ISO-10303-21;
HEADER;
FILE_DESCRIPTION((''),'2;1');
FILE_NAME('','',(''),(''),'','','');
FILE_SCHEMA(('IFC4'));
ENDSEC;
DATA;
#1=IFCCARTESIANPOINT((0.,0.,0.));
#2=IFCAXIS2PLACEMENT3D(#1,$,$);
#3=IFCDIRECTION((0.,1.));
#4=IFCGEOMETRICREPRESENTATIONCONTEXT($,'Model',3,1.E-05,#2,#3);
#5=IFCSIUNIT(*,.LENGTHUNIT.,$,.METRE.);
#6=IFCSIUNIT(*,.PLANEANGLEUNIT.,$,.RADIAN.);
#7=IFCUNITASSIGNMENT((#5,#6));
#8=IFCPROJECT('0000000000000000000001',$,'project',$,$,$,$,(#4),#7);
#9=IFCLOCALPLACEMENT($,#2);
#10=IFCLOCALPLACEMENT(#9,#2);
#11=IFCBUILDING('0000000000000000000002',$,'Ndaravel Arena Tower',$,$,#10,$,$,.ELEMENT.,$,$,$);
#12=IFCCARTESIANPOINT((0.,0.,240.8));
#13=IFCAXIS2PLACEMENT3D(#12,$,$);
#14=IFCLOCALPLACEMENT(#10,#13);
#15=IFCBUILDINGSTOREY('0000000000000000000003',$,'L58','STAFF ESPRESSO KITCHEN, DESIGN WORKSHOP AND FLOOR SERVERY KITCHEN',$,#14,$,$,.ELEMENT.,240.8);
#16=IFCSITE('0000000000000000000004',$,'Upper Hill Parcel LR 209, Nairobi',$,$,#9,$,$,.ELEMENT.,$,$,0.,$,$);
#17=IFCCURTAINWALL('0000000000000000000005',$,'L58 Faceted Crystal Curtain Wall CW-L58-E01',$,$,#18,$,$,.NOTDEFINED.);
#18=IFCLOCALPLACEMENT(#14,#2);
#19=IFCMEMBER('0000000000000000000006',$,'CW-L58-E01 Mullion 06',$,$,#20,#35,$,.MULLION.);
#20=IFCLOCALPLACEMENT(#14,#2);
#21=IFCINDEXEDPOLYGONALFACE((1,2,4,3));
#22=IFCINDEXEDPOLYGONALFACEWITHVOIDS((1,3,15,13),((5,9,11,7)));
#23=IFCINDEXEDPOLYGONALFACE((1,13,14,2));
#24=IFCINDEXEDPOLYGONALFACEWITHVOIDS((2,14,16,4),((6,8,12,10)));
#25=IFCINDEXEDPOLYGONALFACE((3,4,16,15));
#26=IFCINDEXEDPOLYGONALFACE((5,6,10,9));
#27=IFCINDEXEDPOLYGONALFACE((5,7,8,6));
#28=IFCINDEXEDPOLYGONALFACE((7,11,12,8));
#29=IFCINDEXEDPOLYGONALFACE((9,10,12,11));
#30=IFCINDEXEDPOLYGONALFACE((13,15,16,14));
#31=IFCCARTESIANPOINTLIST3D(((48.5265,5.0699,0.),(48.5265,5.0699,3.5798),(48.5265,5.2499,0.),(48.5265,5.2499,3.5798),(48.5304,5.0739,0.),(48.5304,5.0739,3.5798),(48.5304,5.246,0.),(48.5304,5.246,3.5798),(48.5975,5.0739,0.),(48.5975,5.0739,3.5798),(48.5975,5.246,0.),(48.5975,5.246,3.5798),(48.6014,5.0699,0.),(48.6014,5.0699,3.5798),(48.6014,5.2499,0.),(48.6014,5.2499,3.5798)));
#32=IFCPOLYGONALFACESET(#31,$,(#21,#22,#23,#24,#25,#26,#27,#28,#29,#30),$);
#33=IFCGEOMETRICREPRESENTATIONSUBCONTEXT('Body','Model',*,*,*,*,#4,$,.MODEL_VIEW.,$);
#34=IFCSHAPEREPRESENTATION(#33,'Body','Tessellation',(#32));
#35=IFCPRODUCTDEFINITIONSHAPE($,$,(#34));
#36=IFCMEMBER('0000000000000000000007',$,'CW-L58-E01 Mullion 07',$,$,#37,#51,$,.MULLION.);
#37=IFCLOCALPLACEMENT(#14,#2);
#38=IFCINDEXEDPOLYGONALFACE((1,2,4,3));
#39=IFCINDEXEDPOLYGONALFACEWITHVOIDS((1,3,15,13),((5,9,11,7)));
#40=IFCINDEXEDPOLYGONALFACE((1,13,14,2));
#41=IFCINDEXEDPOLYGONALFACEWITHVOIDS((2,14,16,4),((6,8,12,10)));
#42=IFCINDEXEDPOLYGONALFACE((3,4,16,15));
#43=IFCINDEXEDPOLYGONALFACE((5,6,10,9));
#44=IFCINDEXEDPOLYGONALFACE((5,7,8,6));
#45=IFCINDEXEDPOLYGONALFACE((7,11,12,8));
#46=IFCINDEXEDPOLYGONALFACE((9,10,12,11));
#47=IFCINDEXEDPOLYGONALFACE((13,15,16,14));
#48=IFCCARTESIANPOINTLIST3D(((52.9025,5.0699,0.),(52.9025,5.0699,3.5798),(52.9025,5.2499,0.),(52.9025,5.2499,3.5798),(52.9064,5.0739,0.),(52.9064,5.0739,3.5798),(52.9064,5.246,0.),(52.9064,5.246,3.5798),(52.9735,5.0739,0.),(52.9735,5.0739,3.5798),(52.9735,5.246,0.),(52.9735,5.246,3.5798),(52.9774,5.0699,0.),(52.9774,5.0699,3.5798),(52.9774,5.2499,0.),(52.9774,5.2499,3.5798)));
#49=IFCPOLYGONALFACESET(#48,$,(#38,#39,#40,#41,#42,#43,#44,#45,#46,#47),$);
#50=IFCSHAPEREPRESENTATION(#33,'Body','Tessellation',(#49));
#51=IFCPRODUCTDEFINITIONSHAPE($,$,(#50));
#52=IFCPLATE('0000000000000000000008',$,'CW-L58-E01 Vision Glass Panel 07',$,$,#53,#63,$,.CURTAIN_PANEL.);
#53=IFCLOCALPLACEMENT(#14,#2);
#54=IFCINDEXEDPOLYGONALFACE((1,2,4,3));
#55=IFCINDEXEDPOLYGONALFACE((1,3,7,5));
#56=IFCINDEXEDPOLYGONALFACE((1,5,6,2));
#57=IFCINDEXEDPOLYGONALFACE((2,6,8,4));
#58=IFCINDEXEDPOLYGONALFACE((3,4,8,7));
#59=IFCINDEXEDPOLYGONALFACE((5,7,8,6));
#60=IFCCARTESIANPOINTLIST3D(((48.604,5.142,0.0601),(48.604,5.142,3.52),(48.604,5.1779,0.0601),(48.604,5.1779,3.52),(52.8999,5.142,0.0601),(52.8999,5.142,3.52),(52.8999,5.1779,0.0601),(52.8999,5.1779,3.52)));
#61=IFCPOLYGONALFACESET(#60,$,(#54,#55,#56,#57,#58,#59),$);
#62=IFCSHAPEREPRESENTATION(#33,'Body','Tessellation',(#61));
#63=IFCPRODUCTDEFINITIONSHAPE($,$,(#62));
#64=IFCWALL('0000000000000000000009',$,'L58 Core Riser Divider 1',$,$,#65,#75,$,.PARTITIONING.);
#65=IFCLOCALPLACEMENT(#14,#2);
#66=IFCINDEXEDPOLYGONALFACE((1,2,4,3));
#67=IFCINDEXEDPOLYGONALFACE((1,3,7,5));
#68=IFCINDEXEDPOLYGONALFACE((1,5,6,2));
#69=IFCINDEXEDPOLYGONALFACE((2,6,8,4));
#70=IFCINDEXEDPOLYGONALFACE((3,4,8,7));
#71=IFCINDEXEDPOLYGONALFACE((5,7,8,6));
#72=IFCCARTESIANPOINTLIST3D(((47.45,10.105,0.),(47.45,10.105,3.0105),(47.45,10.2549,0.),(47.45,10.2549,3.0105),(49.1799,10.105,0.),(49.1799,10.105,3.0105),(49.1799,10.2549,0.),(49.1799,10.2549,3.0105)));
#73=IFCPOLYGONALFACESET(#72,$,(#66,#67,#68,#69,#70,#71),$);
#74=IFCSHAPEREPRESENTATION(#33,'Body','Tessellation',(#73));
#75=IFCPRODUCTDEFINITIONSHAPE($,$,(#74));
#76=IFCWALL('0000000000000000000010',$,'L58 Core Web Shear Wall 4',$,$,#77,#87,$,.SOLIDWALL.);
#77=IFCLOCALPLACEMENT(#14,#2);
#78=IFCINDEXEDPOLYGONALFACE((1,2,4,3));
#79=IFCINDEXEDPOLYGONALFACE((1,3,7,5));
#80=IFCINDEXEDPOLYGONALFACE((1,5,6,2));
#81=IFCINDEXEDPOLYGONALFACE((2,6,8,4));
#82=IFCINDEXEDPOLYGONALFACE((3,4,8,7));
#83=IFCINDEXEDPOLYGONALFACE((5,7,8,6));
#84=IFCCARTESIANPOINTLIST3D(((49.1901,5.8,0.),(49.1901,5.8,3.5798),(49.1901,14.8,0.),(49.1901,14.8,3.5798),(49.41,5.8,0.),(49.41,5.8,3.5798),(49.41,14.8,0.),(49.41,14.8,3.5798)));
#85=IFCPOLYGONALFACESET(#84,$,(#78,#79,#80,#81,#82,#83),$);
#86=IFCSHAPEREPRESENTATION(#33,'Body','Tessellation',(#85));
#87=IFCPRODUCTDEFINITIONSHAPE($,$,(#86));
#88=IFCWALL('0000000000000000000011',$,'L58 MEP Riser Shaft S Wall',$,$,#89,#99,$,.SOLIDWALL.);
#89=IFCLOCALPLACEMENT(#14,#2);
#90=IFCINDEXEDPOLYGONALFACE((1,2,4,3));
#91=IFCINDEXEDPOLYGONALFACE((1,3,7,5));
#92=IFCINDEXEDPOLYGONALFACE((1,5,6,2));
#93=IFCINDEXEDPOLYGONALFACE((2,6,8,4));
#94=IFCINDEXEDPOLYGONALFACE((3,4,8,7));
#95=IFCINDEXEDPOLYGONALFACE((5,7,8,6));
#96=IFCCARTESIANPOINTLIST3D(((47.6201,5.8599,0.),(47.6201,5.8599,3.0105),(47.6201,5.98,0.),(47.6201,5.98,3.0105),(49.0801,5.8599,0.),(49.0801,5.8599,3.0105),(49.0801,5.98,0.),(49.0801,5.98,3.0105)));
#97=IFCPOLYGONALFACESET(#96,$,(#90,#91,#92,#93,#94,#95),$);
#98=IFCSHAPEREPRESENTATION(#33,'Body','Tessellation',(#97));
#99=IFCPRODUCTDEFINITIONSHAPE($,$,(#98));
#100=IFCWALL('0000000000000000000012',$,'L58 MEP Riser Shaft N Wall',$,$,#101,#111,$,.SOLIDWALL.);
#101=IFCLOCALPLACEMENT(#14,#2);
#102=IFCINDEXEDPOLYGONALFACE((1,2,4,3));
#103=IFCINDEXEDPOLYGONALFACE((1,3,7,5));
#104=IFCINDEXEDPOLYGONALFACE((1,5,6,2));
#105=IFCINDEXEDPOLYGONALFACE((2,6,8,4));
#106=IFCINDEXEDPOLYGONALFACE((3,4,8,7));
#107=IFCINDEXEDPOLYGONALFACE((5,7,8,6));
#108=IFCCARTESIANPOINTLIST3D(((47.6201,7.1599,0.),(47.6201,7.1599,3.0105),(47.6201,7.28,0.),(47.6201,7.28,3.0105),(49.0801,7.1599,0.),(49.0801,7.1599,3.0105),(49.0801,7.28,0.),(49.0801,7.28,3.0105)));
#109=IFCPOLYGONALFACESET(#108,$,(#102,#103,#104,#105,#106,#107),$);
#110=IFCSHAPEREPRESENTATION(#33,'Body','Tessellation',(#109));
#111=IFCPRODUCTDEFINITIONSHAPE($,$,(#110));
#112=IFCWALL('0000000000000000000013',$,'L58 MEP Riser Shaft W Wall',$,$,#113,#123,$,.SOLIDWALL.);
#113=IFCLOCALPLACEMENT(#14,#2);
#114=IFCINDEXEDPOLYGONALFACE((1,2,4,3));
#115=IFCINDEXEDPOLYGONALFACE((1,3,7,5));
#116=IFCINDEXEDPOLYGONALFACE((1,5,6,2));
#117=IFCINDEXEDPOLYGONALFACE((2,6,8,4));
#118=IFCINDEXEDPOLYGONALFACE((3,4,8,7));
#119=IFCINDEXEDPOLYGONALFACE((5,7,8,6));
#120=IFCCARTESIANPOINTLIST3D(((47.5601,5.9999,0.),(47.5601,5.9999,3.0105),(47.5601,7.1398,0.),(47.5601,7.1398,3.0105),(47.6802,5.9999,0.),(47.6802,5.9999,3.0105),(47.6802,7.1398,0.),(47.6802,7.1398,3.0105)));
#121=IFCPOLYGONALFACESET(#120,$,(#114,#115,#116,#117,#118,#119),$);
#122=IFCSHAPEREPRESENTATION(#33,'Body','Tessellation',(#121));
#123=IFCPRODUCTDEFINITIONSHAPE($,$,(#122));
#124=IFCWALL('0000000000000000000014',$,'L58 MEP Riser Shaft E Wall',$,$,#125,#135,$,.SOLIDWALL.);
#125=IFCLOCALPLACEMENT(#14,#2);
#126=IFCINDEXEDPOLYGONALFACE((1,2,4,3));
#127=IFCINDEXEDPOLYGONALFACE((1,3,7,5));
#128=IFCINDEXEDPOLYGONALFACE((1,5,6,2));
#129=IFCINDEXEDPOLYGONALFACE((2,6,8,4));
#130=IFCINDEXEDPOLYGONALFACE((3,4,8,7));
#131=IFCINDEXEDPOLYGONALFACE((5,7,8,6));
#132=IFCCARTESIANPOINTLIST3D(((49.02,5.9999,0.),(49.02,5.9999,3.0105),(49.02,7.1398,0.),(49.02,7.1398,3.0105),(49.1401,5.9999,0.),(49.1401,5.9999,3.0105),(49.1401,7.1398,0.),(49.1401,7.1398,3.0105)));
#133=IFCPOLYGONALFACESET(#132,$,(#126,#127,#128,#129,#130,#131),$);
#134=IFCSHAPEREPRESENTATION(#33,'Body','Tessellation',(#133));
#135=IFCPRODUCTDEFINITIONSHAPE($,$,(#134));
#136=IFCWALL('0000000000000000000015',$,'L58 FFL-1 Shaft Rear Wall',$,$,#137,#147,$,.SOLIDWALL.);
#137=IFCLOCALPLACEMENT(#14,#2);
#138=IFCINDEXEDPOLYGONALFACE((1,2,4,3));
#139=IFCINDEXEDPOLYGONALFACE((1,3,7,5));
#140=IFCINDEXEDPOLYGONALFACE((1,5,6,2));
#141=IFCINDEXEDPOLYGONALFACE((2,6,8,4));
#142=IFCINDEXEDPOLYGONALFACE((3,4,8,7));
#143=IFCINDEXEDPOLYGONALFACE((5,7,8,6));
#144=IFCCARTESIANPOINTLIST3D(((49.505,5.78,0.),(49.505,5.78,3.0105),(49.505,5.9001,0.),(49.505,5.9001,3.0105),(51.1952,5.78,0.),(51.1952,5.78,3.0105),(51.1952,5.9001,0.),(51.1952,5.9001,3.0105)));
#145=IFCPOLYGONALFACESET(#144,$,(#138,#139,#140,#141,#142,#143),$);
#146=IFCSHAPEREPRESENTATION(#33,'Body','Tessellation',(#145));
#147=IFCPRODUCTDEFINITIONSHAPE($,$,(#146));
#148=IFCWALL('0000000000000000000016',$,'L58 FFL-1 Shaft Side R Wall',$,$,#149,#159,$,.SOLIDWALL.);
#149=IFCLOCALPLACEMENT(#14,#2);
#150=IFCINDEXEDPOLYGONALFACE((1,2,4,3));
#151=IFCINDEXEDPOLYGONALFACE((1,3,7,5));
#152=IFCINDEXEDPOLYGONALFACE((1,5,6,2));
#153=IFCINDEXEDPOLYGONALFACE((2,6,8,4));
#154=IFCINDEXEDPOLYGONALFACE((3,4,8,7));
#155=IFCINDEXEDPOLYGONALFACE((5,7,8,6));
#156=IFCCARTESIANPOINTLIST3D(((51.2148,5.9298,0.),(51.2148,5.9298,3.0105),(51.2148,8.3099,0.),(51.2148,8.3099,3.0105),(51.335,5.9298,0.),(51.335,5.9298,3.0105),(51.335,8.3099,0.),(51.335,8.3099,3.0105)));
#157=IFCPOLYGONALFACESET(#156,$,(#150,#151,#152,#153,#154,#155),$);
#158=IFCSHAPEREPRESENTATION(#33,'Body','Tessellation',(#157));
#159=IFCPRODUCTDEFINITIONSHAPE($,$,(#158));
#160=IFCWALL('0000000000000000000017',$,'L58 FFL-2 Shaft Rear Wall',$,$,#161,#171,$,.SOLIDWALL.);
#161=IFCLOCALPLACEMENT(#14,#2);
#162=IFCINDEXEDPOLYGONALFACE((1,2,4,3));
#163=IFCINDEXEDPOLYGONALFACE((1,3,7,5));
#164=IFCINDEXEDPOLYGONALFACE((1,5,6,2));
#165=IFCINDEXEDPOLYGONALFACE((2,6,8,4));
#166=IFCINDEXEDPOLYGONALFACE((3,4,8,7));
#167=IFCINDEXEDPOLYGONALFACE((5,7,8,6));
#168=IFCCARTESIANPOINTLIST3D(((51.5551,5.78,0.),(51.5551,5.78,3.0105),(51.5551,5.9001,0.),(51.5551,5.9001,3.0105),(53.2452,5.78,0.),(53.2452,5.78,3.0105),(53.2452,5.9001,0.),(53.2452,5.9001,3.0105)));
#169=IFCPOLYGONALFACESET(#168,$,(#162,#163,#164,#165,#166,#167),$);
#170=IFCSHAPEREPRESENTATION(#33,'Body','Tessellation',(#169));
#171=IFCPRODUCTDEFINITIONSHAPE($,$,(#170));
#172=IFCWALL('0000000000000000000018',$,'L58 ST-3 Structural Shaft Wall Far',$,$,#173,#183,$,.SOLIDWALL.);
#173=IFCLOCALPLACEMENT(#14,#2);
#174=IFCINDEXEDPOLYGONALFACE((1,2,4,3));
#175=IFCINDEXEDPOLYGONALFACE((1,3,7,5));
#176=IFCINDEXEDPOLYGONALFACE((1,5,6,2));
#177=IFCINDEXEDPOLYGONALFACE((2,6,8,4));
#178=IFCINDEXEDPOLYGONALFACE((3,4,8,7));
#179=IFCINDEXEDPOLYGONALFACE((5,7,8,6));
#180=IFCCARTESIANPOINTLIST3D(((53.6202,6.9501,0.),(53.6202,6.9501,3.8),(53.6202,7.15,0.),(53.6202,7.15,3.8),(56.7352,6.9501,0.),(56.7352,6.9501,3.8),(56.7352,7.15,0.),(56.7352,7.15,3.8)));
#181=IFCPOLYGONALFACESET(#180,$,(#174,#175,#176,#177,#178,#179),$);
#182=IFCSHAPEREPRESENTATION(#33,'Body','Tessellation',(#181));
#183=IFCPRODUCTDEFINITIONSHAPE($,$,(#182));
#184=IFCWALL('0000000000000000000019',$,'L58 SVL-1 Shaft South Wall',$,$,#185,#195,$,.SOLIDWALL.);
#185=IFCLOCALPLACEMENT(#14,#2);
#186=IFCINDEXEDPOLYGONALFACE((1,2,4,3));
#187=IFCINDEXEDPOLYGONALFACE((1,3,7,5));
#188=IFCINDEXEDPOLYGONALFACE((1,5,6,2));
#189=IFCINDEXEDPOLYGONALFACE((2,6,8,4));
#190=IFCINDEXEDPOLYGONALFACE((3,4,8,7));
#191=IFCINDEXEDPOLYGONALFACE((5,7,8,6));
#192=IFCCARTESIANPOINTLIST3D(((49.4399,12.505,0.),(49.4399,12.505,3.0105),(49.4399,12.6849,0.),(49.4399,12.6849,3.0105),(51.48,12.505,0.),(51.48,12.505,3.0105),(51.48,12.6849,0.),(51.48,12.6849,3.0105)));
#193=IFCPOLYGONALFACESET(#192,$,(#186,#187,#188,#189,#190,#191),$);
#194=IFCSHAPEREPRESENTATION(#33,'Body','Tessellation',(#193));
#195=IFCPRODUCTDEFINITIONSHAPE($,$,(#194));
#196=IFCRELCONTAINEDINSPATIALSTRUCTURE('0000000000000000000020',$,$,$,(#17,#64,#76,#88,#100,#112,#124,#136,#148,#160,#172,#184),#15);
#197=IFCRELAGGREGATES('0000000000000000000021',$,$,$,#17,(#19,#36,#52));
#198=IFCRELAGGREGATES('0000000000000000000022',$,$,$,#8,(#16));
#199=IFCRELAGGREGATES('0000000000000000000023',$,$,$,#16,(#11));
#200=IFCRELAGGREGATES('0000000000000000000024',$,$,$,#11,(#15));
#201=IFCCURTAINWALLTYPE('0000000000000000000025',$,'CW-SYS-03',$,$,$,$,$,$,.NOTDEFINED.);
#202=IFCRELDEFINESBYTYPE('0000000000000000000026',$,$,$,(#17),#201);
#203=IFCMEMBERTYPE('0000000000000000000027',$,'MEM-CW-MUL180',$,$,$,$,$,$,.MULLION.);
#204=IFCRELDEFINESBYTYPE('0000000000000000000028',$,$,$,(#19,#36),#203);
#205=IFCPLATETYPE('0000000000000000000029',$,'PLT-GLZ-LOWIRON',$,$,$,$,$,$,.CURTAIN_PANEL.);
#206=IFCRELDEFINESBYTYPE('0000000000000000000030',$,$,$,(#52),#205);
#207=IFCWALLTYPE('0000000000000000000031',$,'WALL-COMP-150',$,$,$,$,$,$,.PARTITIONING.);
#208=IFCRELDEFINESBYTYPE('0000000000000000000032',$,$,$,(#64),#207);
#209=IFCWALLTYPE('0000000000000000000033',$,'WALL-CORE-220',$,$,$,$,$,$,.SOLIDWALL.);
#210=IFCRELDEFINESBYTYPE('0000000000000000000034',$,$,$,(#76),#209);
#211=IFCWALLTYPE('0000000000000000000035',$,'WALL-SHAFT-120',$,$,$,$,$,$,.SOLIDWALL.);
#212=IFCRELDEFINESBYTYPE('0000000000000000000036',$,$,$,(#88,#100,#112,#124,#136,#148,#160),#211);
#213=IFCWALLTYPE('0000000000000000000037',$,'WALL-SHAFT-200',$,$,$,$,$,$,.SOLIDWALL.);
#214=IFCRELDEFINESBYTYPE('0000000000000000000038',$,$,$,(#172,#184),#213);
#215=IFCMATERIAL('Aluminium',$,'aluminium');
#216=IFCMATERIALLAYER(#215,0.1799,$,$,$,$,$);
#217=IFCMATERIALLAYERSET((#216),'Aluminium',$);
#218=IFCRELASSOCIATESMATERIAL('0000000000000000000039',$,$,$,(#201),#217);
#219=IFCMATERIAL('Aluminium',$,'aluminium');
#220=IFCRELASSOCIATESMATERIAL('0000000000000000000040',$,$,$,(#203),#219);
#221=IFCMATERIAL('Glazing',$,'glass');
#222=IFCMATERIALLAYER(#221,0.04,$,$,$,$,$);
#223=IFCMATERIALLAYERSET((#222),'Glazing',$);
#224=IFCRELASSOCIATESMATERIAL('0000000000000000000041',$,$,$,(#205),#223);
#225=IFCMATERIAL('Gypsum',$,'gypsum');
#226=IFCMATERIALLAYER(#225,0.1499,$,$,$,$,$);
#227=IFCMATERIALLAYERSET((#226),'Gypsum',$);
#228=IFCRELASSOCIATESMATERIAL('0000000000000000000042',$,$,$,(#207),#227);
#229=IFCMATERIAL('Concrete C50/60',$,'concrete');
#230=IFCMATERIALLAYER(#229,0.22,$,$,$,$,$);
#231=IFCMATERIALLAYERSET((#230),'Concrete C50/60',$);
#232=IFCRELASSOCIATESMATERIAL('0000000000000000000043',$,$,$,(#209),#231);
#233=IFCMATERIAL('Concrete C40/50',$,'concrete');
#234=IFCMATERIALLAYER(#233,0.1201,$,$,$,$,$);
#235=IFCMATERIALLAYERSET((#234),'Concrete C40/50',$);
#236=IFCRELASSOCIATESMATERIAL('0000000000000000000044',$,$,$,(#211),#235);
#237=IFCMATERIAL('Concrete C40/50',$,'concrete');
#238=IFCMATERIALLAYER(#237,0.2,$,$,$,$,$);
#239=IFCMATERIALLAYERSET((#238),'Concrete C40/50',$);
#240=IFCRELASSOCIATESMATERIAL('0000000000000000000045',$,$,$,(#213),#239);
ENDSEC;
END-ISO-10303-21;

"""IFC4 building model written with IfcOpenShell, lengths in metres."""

from ifc_helpers import new_model, si_unit, direction, frame, frame_2d, origin, origin_2d, place, context, subcontext, project, spatial, rectangle, hollow_rectangle, extrude, material, layer, layer_set, material_profile, profile_set, type_object, element, aggregate, save


model = new_model("IFC4")

# Units and contexts
model_context = context("Model", 3, precision=1e-05, world=origin(), true_north=direction((0.0, 1.0)))
body_context = subcontext(model_context, "Body", "Model", "MODEL_VIEW")
ifc_project = project(units=[si_unit("LENGTHUNIT", "METRE"), si_unit("PLANEANGLEUNIT", "RADIAN")], contexts=[model_context])

# Site, building, storey
site_placement = place(None, origin())
site = spatial("IfcSite", under=ifc_project, at=site_placement, Name="Upper Hill Parcel LR 209, Nairobi", CompositionType="ELEMENT", RefElevation=0.0)
building_placement = place(site_placement, origin())
building = spatial("IfcBuilding", under=site, at=building_placement, Name="Ndaravel Arena Tower", CompositionType="ELEMENT")
storey_placement = place(building_placement, frame((0.0, 0.0, 240.8)))
storey = spatial("IfcBuildingStorey", under=building, at=storey_placement, Name="L58", Description="STAFF ESPRESSO KITCHEN, DESIGN WORKSHOP AND FLOOR SERVERY KITCHEN", CompositionType="ELEMENT", Elevation=240.8)

# Curtain wall, members, plate
ifc_material_1 = material(Name="Aluminium", Category="aluminium")
ifc_layer_1 = layer(ifc_material_1, 0.1799)
ifc_layer_set_1 = layer_set([ifc_layer_1], Name="Aluminium")
curtain_wall_type = type_object("IfcCurtainWallType", Name="CW-SYS-03", PredefinedType="NOTDEFINED", material=ifc_layer_set_1)
curtain_wall_placement = place(storey_placement, origin())
curtain_wall = element("IfcCurtainWall", 1, at=curtain_wall_placement, inside=storey, type_object=curtain_wall_type, Name="L58 Faceted Crystal Curtain Wall CW-L58-E01", PredefinedType="NOTDEFINED")
ifc_material_2 = material(Name="Aluminium", Category="aluminium")
ifc_material_profile = material_profile(ifc_material_2, hollow_rectangle(XDim=0.075, YDim=0.1799, WallThickness=0.0039, at=origin_2d()), Name="CW MULLION 75x180x4")
ifc_profile_set = profile_set([ifc_material_profile], Name="Aluminium")
member_type = type_object("IfcMemberType", Name="MEM-CW-MUL180", PredefinedType="MULLION", material=ifc_profile_set)
member_1_placement = place(storey_placement, frame((48.564, 5.1599, 0.0), z_axis=(0.0, 0.0, 1.0), x_axis=(1.0, 0.0, 0.0)))
member_1 = element("IfcMember", 2, at=member_1_placement, type_object=member_type, Name="CW-L58-E01 Mullion 06", PredefinedType="MULLION", context=body_context, shape_type="SweptSolid", body=[
    extrude(hollow_rectangle(XDim=0.075, YDim=0.1799, WallThickness=0.0039, at=origin_2d()), origin(), (0.0, 0.0, 1.0), 3.5798),
])
member_2_placement = place(storey_placement, frame((52.9399, 5.1599, 0.0), z_axis=(0.0, 0.0, 1.0), x_axis=(1.0, 0.0, 0.0)))
member_2 = element("IfcMember", 3, at=member_2_placement, type_object=member_type, Name="CW-L58-E01 Mullion 07", PredefinedType="MULLION", context=body_context, shape_type="SweptSolid", body=[
    extrude(hollow_rectangle(XDim=0.075, YDim=0.1799, WallThickness=0.0039, at=origin_2d()), origin(), (0.0, 0.0, 1.0), 3.5798),
])
ifc_material_3 = material(Name="Glazing", Category="glass")
ifc_layer_2 = layer(ifc_material_3, 0.04)
ifc_layer_set_2 = layer_set([ifc_layer_2], Name="Glazing")
plate_type = type_object("IfcPlateType", Name="PLT-GLZ-LOWIRON", PredefinedType="CURTAIN_PANEL", material=ifc_layer_set_2)
plate_placement = place(storey_placement, frame((50.752, 5.1599, 0.0601), z_axis=(0.0, 0.0, 1.0), x_axis=(1.0, 0.0, 0.0)))
plate = element("IfcPlate", 4, at=plate_placement, type_object=plate_type, Name="CW-L58-E01 Vision Glass Panel 07", PredefinedType="CURTAIN_PANEL", context=body_context, shape_type="SweptSolid", body=[
    extrude(rectangle(XDim=4.2959, YDim=0.0359, at=origin_2d()), origin(), (0.0, 0.0, 1.0), 3.46),
])
aggregate(curtain_wall, [member_1, member_2, plate])

# Walls
ifc_material_4 = material(Name="Gypsum", Category="gypsum")
ifc_layer_3 = layer(ifc_material_4, 0.1499)
ifc_layer_set_3 = layer_set([ifc_layer_3], Name="Gypsum")
wall_type_1 = type_object("IfcWallType", Name="WALL-COMP-150", PredefinedType="PARTITIONING", material=ifc_layer_set_3)
wall_1_placement = place(storey_placement, frame((47.45, 10.1799, 0.0), z_axis=(0.0, 0.0, 1.0), x_axis=(1.0, 0.0, 0.0)))
element("IfcWall", 5, at=wall_1_placement, inside=storey, type_object=wall_type_1, Name="L58 Core Riser Divider 1", PredefinedType="PARTITIONING", context=body_context, shape_type="SweptSolid", body=[
    extrude(rectangle(XDim=1.73, YDim=0.1499, at=frame_2d((0.865, 0.0))), origin(), (0.0, 0.0, 1.0), 3.0105),
])
ifc_material_5 = material(Name="Concrete C50/60", Category="concrete")
ifc_layer_4 = layer(ifc_material_5, 0.22)
ifc_layer_set_4 = layer_set([ifc_layer_4], Name="Concrete C50/60")
wall_type_2 = type_object("IfcWallType", Name="WALL-CORE-220", PredefinedType="SOLIDWALL", material=ifc_layer_set_4)
wall_2_placement = place(storey_placement, frame((49.3, 5.8, 0.0), z_axis=(0.0, 0.0, 1.0), x_axis=(0.0, 1.0, 0.0)))
element("IfcWall", 6, at=wall_2_placement, inside=storey, type_object=wall_type_2, Name="L58 Core Web Shear Wall 4", PredefinedType="SOLIDWALL", context=body_context, shape_type="SweptSolid", body=[
    extrude(rectangle(XDim=9.0, YDim=0.22, at=frame_2d((4.5, 0.0))), origin(), (0.0, 0.0, 1.0), 3.5798),
])

# Walls
ifc_material_6 = material(Name="Concrete C40/50", Category="concrete")
ifc_layer_5 = layer(ifc_material_6, 0.1201)
ifc_layer_set_5 = layer_set([ifc_layer_5], Name="Concrete C40/50")
wall_type_3 = type_object("IfcWallType", Name="WALL-SHAFT-120", PredefinedType="SOLIDWALL", material=ifc_layer_set_5)
for number, where, z_axis, x_axis, name in (
    (7, (47.6201, 5.9199, 0.0), (0.0, 0.0, 1.0), (1.0, 0.0, 0.0), "L58 MEP Riser Shaft S Wall"),
    (8, (47.6201, 7.22, 0.0), (0.0, 0.0, 1.0), (1.0, 0.0, 0.0), "L58 MEP Riser Shaft N Wall"),
):
    element("IfcWall", number, at=place(storey_placement, frame(where, z_axis=z_axis, x_axis=x_axis)), inside=storey, type_object=wall_type_3, Name=name, PredefinedType="SOLIDWALL", context=body_context, shape_type="SweptSolid", body=[
        extrude(rectangle(XDim=1.46, YDim=0.1201, at=frame_2d((0.73, 0.0))), origin(), (0.0, 0.0, 1.0), 3.0105),
    ])
for number, where, z_axis, x_axis, name in (
    (9, (47.6201, 6.0, 0.0), (0.0, 0.0, 1.0), (0.0, 1.0, 0.0), "L58 MEP Riser Shaft W Wall"),
    (10, (49.0801, 6.0, 0.0), (0.0, 0.0, 1.0), (0.0, 1.0, 0.0), "L58 MEP Riser Shaft E Wall"),
):
    element("IfcWall", number, at=place(storey_placement, frame(where, z_axis=z_axis, x_axis=x_axis)), inside=storey, type_object=wall_type_3, Name=name, PredefinedType="SOLIDWALL", context=body_context, shape_type="SweptSolid", body=[
        extrude(rectangle(XDim=1.1399, YDim=0.1201, at=frame_2d((0.5698, 0.0))), origin(), (0.0, 0.0, 1.0), 3.0105),
    ])
wall_3_placement = place(storey_placement, frame((49.5049, 5.8401, 0.0), z_axis=(0.0, 0.0, 1.0), x_axis=(1.0, 0.0, 0.0)))
element("IfcWall", 11, at=wall_3_placement, inside=storey, type_object=wall_type_3, Name="L58 FFL-1 Shaft Rear Wall", PredefinedType="SOLIDWALL", context=body_context, shape_type="SweptSolid", body=[
    extrude(rectangle(XDim=1.6902, YDim=0.1201, at=frame_2d((0.8452, 0.0))), origin(), (0.0, 0.0, 1.0), 3.0105),
])
wall_4_placement = place(storey_placement, frame((51.2749, 5.9299, 0.0), z_axis=(0.0, 0.0, 1.0), x_axis=(0.0, 1.0, 0.0)))
element("IfcWall", 12, at=wall_4_placement, inside=storey, type_object=wall_type_3, Name="L58 FFL-1 Shaft Side R Wall", PredefinedType="SOLIDWALL", context=body_context, shape_type="SweptSolid", body=[
    extrude(rectangle(XDim=2.3801, YDim=0.1201, at=frame_2d((1.1899, 0.0))), origin(), (0.0, 0.0, 1.0), 3.0105),
])
wall_5_placement = place(storey_placement, frame((51.5549, 5.8401, 0.0), z_axis=(0.0, 0.0, 1.0), x_axis=(1.0, 0.0, 0.0)))
element("IfcWall", 13, at=wall_5_placement, inside=storey, type_object=wall_type_3, Name="L58 FFL-2 Shaft Rear Wall", PredefinedType="SOLIDWALL", context=body_context, shape_type="SweptSolid", body=[
    extrude(rectangle(XDim=1.6902, YDim=0.1201, at=frame_2d((0.8452, 0.0))), origin(), (0.0, 0.0, 1.0), 3.0105),
])
ifc_material_7 = material(Name="Concrete C40/50", Category="concrete")
ifc_layer_6 = layer(ifc_material_7, 0.2)
ifc_layer_set_6 = layer_set([ifc_layer_6], Name="Concrete C40/50")
wall_type_4 = type_object("IfcWallType", Name="WALL-SHAFT-200", PredefinedType="SOLIDWALL", material=ifc_layer_set_6)
wall_6_placement = place(storey_placement, frame((53.6201, 7.05, 0.0), z_axis=(0.0, 0.0, 1.0), x_axis=(1.0, 0.0, 0.0)))
element("IfcWall", 14, at=wall_6_placement, inside=storey, type_object=wall_type_4, Name="L58 ST-3 Structural Shaft Wall Far", PredefinedType="SOLIDWALL", context=body_context, shape_type="SweptSolid", body=[
    extrude(rectangle(XDim=3.115, YDim=0.2, at=frame_2d((1.5576, 0.0))), origin(), (0.0, 0.0, 1.0), 3.8),
])

# Wall
wall_7_placement = place(storey_placement, frame((49.4399, 12.595, 0.0), z_axis=(0.0, 0.0, 1.0), x_axis=(1.0, 0.0, 0.0)))
element("IfcWall", 15, at=wall_7_placement, inside=storey, type_object=wall_type_4, Name="L58 SVL-1 Shaft South Wall", PredefinedType="SOLIDWALL", context=body_context, shape_type="SweptSolid", body=[
    extrude(rectangle(XDim=2.04, YDim=0.1799, at=frame_2d((1.02, 0.0))), origin(), (0.0, 0.0, 1.0), 3.0105),
])

save(model, "model.ifc")
